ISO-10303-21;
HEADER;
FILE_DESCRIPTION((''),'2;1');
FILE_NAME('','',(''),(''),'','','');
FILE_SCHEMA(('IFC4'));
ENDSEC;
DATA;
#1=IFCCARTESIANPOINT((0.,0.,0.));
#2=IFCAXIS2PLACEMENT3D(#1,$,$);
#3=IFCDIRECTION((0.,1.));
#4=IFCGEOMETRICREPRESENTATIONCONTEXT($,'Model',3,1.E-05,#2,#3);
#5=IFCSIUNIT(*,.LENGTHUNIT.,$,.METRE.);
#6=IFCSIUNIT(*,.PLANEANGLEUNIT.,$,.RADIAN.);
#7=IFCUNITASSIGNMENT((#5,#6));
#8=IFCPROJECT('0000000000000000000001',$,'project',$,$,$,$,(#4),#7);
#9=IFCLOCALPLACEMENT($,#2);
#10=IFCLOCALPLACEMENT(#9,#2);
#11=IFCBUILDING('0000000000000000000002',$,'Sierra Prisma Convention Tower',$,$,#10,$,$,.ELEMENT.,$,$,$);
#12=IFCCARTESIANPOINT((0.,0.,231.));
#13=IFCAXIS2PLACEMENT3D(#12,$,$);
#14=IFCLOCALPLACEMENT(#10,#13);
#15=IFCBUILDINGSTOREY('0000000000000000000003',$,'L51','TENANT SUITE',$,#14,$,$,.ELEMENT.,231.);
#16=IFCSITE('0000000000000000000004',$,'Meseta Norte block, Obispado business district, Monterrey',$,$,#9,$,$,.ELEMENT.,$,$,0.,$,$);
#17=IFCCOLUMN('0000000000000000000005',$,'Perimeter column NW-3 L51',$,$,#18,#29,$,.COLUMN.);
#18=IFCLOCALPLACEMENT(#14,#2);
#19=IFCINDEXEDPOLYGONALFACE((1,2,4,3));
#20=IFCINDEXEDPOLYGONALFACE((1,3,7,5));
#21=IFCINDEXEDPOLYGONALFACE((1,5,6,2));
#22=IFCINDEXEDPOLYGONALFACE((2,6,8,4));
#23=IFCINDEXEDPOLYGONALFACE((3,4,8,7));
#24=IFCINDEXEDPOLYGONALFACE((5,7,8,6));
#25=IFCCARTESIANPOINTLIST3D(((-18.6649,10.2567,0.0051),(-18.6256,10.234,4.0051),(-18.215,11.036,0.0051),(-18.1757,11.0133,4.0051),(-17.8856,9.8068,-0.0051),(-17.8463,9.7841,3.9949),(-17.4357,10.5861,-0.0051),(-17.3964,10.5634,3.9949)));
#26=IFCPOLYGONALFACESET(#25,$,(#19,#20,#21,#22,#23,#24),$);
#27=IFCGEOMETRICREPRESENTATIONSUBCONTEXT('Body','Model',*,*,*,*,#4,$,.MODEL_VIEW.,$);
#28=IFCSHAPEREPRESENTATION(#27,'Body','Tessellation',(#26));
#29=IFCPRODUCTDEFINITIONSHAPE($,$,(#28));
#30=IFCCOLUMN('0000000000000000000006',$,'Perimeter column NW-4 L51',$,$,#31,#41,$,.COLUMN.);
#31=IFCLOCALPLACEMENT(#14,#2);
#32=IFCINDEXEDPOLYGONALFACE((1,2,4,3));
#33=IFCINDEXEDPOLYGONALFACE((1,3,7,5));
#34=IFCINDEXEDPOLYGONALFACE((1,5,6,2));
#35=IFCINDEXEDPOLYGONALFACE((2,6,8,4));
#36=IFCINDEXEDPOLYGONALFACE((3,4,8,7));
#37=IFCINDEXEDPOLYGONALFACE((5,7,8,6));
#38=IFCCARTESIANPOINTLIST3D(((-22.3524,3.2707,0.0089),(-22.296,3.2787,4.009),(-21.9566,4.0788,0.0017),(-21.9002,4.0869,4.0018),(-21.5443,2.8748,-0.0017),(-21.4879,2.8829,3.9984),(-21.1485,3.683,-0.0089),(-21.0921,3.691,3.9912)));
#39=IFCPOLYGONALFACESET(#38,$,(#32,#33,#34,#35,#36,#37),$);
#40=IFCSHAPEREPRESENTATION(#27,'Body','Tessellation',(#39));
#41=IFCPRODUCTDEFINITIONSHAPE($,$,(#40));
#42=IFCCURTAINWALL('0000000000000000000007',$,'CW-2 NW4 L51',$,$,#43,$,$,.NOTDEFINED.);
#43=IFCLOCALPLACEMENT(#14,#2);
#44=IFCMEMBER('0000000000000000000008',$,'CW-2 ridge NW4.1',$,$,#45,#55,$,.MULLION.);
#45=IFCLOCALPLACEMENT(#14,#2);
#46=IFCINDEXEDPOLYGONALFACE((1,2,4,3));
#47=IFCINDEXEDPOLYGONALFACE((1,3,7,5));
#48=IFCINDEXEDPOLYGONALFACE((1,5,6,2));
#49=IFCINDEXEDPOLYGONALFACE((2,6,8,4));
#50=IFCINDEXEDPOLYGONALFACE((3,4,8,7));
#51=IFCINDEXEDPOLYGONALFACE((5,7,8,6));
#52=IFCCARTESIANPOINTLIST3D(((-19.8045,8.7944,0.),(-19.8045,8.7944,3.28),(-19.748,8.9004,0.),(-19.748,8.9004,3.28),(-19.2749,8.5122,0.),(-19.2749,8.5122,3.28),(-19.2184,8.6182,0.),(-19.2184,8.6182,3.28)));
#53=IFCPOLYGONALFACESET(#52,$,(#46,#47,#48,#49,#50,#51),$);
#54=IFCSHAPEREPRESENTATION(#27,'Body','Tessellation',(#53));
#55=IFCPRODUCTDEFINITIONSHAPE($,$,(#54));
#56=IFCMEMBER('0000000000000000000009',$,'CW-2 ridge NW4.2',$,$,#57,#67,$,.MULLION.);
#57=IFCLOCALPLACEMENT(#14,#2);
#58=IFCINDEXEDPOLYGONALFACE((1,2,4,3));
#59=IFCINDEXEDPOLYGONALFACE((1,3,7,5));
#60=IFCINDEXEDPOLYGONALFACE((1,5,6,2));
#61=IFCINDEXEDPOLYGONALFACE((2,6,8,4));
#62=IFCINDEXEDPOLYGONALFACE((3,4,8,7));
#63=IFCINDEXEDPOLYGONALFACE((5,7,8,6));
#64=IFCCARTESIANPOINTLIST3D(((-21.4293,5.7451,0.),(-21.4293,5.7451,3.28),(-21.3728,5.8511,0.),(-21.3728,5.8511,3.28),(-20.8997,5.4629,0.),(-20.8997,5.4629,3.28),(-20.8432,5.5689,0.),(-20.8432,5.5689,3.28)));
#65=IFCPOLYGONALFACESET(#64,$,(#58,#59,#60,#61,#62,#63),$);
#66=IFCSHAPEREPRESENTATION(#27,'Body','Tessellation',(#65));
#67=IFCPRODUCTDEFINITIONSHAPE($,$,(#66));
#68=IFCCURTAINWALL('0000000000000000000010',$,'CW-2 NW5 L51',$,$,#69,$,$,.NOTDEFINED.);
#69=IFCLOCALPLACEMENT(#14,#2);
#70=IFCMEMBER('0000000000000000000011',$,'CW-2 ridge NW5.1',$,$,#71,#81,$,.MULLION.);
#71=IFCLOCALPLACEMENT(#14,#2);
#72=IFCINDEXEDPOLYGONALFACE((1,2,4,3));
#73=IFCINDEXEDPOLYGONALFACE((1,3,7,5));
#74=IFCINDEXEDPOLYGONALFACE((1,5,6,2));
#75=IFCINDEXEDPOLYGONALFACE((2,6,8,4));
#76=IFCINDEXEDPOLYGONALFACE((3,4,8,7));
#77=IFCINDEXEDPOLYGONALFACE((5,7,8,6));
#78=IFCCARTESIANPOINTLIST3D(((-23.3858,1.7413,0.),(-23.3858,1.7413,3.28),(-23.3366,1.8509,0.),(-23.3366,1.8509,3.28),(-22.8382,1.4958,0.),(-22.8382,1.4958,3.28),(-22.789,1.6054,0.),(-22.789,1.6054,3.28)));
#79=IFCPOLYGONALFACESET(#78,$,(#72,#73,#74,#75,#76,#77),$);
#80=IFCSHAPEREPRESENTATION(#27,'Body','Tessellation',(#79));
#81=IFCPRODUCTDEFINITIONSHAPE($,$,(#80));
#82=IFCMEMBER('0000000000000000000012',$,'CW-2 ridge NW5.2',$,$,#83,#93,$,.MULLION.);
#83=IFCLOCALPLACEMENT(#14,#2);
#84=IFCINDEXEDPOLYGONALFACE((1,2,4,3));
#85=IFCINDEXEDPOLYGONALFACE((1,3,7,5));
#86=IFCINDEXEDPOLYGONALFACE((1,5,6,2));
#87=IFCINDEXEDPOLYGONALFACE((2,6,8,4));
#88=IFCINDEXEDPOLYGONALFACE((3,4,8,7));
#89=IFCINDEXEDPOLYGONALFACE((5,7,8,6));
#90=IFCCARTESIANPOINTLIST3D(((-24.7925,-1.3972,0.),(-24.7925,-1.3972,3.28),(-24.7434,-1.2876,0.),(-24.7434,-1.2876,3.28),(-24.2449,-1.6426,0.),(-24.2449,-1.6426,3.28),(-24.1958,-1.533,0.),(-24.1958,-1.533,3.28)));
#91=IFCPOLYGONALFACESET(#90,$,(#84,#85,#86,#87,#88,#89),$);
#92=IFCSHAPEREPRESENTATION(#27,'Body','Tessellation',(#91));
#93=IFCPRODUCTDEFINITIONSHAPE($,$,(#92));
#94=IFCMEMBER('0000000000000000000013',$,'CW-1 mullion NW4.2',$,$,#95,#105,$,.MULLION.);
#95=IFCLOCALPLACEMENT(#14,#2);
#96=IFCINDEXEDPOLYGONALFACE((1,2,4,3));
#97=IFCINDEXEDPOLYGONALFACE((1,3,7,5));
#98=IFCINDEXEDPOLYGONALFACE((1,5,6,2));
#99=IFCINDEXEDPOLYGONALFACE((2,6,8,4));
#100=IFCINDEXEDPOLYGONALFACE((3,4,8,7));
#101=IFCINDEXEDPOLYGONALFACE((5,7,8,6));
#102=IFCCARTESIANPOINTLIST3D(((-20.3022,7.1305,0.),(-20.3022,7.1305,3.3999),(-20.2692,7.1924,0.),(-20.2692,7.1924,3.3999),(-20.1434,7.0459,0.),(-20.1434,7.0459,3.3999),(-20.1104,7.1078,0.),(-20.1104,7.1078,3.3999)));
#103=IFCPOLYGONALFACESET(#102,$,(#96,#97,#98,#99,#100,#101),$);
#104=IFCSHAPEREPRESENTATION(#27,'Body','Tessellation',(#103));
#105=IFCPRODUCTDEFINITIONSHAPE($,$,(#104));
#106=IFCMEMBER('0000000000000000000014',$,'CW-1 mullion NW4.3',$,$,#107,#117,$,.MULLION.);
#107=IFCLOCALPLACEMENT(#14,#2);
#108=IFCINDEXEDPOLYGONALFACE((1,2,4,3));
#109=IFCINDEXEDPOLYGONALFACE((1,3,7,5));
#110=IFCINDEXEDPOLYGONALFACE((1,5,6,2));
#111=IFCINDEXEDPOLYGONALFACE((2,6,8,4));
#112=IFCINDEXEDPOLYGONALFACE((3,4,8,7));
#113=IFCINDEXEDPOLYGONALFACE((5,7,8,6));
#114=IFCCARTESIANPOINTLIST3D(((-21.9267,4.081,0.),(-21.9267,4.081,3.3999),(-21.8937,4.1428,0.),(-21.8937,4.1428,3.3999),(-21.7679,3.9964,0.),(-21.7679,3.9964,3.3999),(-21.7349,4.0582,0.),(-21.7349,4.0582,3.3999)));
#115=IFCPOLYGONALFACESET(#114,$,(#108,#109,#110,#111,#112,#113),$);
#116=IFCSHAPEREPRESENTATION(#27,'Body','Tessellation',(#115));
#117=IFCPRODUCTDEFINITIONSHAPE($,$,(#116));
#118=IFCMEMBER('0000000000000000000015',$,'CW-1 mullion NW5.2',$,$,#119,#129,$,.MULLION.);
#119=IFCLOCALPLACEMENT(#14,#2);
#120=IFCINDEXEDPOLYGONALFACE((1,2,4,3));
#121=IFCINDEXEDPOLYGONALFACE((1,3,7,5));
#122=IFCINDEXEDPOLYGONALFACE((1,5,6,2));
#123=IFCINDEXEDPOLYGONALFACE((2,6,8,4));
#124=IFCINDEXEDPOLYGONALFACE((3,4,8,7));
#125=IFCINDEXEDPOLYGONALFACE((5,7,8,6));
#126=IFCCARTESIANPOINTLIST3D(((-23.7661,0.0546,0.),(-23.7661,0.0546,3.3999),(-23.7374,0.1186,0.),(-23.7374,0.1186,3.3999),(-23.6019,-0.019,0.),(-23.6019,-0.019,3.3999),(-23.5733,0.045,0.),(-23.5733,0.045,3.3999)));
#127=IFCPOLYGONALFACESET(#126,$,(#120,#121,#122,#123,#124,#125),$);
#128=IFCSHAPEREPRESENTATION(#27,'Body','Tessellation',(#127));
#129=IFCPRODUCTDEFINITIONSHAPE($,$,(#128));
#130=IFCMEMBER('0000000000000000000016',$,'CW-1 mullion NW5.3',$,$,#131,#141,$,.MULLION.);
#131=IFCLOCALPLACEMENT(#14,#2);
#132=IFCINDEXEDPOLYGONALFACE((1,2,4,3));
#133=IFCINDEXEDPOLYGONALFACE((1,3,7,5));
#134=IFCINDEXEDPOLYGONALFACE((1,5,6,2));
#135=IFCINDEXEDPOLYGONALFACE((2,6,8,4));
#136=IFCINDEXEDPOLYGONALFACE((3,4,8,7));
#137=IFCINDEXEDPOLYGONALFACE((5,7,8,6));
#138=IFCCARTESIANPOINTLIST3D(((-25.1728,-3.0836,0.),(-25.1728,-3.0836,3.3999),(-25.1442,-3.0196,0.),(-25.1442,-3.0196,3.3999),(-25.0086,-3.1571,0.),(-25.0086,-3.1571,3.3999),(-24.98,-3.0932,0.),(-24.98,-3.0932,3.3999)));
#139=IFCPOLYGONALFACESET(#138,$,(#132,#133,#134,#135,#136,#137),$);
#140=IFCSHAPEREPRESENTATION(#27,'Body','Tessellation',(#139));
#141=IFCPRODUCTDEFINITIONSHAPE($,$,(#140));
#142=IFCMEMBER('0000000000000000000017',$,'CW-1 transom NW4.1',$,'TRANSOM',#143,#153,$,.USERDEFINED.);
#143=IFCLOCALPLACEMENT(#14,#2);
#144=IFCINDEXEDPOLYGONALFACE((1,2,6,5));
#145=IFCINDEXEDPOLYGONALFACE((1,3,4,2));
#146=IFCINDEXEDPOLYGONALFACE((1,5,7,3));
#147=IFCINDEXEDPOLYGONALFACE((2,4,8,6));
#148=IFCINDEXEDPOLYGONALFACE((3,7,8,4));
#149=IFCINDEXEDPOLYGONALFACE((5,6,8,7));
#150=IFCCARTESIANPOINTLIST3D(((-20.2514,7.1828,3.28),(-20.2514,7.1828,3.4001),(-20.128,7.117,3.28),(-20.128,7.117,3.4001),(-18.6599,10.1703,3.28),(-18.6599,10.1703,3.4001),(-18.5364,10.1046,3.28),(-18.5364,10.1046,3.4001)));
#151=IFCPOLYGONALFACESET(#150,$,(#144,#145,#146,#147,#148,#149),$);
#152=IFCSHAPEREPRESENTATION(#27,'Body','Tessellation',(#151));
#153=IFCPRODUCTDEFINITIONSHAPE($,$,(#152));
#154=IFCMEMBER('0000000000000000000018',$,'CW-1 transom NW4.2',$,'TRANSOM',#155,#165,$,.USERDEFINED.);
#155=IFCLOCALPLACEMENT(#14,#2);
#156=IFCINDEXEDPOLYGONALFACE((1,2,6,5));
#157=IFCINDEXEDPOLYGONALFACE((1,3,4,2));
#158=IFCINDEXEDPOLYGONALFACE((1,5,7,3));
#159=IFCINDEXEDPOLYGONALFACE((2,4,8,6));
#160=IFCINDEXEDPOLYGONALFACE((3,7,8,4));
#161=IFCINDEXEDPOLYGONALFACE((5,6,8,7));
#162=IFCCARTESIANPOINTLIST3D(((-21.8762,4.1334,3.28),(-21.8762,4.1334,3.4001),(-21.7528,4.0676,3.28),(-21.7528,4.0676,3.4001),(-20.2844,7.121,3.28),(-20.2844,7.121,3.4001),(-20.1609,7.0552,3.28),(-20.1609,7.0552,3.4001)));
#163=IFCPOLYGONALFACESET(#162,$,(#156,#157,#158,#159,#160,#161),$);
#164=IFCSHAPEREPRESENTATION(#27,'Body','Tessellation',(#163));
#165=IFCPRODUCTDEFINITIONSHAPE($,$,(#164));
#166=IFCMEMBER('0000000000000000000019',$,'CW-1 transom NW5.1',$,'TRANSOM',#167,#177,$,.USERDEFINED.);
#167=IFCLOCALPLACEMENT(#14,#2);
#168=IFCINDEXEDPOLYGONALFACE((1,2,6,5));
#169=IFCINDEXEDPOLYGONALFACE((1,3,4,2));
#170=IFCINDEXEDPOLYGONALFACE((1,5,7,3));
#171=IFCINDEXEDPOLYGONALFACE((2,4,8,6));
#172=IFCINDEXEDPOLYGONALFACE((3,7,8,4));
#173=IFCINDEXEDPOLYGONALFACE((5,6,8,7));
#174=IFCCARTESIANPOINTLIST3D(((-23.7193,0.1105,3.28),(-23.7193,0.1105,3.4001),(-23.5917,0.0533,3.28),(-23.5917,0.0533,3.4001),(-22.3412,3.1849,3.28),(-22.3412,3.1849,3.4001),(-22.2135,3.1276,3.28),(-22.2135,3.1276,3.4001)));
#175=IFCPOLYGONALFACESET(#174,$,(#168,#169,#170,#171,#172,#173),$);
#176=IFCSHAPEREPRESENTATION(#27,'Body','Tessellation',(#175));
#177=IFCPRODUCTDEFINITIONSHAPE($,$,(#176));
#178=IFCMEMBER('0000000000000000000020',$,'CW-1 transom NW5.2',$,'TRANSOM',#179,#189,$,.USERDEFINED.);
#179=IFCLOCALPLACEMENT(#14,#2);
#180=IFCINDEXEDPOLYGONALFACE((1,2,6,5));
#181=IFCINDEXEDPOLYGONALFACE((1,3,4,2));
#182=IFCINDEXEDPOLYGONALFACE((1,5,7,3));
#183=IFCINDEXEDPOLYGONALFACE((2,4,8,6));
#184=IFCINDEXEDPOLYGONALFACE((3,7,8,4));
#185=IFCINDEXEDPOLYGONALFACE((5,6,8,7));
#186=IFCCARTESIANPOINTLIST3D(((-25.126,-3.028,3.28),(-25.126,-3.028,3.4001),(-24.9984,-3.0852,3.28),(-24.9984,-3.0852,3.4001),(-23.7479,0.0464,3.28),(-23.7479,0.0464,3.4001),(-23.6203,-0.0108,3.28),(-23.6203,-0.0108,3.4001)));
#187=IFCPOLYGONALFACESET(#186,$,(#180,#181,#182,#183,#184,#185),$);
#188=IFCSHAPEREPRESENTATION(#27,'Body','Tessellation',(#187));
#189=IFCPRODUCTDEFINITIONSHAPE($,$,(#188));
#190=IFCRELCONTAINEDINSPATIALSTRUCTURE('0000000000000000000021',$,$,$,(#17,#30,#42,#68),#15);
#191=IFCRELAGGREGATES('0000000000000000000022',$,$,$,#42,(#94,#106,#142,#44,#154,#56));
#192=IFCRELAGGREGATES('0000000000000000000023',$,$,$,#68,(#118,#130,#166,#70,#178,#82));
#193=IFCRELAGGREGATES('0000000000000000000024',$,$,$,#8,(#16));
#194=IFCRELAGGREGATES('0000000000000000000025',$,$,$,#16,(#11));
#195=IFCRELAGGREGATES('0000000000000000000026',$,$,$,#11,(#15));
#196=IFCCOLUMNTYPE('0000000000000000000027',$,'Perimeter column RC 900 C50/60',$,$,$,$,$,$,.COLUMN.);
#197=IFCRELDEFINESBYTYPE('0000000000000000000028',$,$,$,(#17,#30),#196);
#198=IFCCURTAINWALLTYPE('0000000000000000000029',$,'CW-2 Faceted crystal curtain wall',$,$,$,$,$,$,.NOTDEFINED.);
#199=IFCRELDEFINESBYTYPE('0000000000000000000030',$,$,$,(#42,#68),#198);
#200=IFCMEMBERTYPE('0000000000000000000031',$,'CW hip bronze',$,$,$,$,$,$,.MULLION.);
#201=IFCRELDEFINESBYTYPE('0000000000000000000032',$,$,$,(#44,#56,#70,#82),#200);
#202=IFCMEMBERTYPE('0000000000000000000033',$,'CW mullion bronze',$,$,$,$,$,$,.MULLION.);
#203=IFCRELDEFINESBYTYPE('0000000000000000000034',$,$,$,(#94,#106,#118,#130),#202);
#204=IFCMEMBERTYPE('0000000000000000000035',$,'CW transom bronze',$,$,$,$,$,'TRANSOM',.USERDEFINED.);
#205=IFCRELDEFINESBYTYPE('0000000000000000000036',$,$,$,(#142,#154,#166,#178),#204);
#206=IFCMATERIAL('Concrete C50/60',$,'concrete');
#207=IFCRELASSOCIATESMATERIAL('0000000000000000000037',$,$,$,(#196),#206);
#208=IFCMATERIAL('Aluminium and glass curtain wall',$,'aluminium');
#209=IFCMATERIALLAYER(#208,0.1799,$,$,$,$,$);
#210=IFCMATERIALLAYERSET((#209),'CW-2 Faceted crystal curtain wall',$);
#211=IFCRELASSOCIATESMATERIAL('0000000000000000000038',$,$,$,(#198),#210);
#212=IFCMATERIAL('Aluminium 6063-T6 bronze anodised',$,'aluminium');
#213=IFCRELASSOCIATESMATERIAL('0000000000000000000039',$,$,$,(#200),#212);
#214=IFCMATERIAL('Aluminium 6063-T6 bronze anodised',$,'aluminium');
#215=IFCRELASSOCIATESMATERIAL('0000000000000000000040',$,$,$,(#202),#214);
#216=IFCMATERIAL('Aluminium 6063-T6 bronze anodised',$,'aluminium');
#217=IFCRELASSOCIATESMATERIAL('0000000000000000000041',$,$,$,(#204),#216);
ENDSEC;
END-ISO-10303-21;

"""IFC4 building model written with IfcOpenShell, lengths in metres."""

from ifc_helpers import new_model, si_unit, direction, frame, origin, origin_2d, place, context, subcontext, project, spatial, rectangle, extrude, material, layer, layer_set, material_profile, profile_set, type_object, element, aggregate, save


model = new_model("IFC4")

# Units and contexts
model_context = context("Model", 3, precision=1e-05, world=origin(), true_north=direction((0.0, 1.0)))
body_context = subcontext(model_context, "Body", "Model", "MODEL_VIEW")
ifc_project = project(units=[si_unit("LENGTHUNIT", "METRE"), si_unit("PLANEANGLEUNIT", "RADIAN")], contexts=[model_context])

# Site, building, storey
site_placement = place(None, origin())
site = spatial("IfcSite", under=ifc_project, at=site_placement, Name="Meseta Norte block, Obispado business district, Monterrey", CompositionType="ELEMENT", RefElevation=0.0)
building_placement = place(site_placement, origin())
building = spatial("IfcBuilding", under=site, at=building_placement, Name="Sierra Prisma Convention Tower", CompositionType="ELEMENT")
storey_placement = place(building_placement, frame((0.0, 0.0, 231.0)))
storey = spatial("IfcBuildingStorey", under=building, at=storey_placement, Name="L51", Description="TENANT SUITE", CompositionType="ELEMENT", Elevation=231.0)

# Columns
ifc_material_1 = material(Name="Concrete C50/60", Category="concrete")
ifc_material_profile_1 = material_profile(ifc_material_1, rectangle(XDim=0.8999, YDim=0.8999, at=origin_2d()), Name="Perimeter column RC 900 C50/60")
ifc_profile_set_1 = profile_set([ifc_material_profile_1], Name="Concrete C50/60")
column_type = type_object("IfcColumnType", Name="Perimeter column RC 900 C50/60", PredefinedType="COLUMN", material=ifc_profile_set_1)
column_1_placement = place(storey_placement, frame((-18.0503, 10.4214, 0.0), z_axis=(0.009826, -0.005676, 0.999936), x_axis=(0.499976, 0.866039, 0.000003)))
element("IfcColumn", 1, at=column_1_placement, inside=storey, type_object=column_type, Name="Perimeter column NW-3 L51", PredefinedType="COLUMN", context=body_context, shape_type="SweptSolid", body=[
    extrude(rectangle(XDim=0.8999, YDim=0.8999, at=origin_2d()), origin(), (0.0, 0.0, 1.0), 4.0002),
])
column_2_placement = place(storey_placement, frame((-21.7505, 3.4768, 0.0), z_axis=(0.014098, 0.002014, 0.999899), x_axis=(0.439826, 0.898047, -0.00801)))
element("IfcColumn", 2, at=column_2_placement, inside=storey, type_object=column_type, Name="Perimeter column NW-4 L51", PredefinedType="COLUMN", context=body_context, shape_type="SweptSolid", body=[
    extrude(rectangle(XDim=0.8999, YDim=0.8999, at=origin_2d()), origin(), (0.0, 0.0, 1.0), 4.0005),
])

# Curtain walls, members
ifc_material_2 = material(Name="Aluminium and glass curtain wall", Category="aluminium")
ifc_layer_1 = layer(ifc_material_2, 0.1799)
ifc_layer_set_1 = layer_set([ifc_layer_1], Name="CW-2 Faceted crystal curtain wall")
curtain_wall_type = type_object("IfcCurtainWallType", Name="CW-2 Faceted crystal curtain wall", PredefinedType="NOTDEFINED", material=ifc_layer_set_1)
curtain_wall_1_placement = place(storey_placement, origin())
curtain_wall_1 = element("IfcCurtainWall", 3, at=curtain_wall_1_placement, inside=storey, type_object=curtain_wall_type, Name="CW-2 NW4 L51", PredefinedType="NOTDEFINED")
ifc_material_3 = material(Name="Aluminium 6063-T6 bronze anodised", Category="aluminium")
ifc_material_profile_2 = material_profile(ifc_material_3, rectangle(XDim=0.1201, YDim=0.6001, at=origin_2d()), Name="ALU RIDGE BLADE 120x600")
ifc_profile_set_2 = profile_set([ifc_material_profile_2], Name="Aluminium 6063-T6 bronze anodised")
member_type_1 = type_object("IfcMemberType", Name="CW hip bronze", PredefinedType="MULLION", material=ifc_profile_set_2)
member_1_placement = place(storey_placement, frame((-19.5115, 8.7063, 0.0), z_axis=(0.0, 0.0, 1.0), x_axis=(-0.470208, -0.882555, 0.0)))
member_1 = element("IfcMember", 4, at=member_1_placement, type_object=member_type_1, Name="CW-2 ridge NW4.1", PredefinedType="MULLION", context=body_context, shape_type="SweptSolid", body=[
    extrude(rectangle(XDim=0.1201, YDim=0.6001, at=origin_2d()), origin(), (0.0, 0.0, 1.0), 3.28),
])
member_2_placement = place(storey_placement, frame((-21.1362, 5.657, 0.0), z_axis=(0.0, 0.0, 1.0), x_axis=(-0.470208, -0.882555, 0.0)))
member_2 = element("IfcMember", 5, at=member_2_placement, type_object=member_type_1, Name="CW-2 ridge NW4.2", PredefinedType="MULLION", context=body_context, shape_type="SweptSolid", body=[
    extrude(rectangle(XDim=0.1201, YDim=0.6001, at=origin_2d()), origin(), (0.0, 0.0, 1.0), 3.28),
])
curtain_wall_2_placement = place(storey_placement, origin())
curtain_wall_2 = element("IfcCurtainWall", 6, at=curtain_wall_2_placement, inside=storey, type_object=curtain_wall_type, Name="CW-2 NW5 L51", PredefinedType="NOTDEFINED")
member_3_placement = place(storey_placement, frame((-23.0874, 1.6733, 0.0), z_axis=(0.0, 0.0, 1.0), x_axis=(-0.409023, -0.912524, 0.0)))
member_3 = element("IfcMember", 7, at=member_3_placement, type_object=member_type_1, Name="CW-2 ridge NW5.1", PredefinedType="MULLION", context=body_context, shape_type="SweptSolid", body=[
    extrude(rectangle(XDim=0.1201, YDim=0.6001, at=origin_2d()), origin(), (0.0, 0.0, 1.0), 3.28),
])
member_4_placement = place(storey_placement, frame((-24.4941, -1.4651, 0.0), z_axis=(0.0, 0.0, 1.0), x_axis=(-0.409023, -0.912524, 0.0)))
member_4 = element("IfcMember", 8, at=member_4_placement, type_object=member_type_1, Name="CW-2 ridge NW5.2", PredefinedType="MULLION", context=body_context, shape_type="SweptSolid", body=[
    extrude(rectangle(XDim=0.1201, YDim=0.6001, at=origin_2d()), origin(), (0.0, 0.0, 1.0), 3.28),
])

# Members
ifc_material_4 = material(Name="Aluminium 6063-T6 bronze anodised", Category="aluminium")
ifc_material_profile_3 = material_profile(ifc_material_4, rectangle(XDim=0.1799, YDim=0.0701, at=origin_2d()), Name="ALU MULLION 70x180")
ifc_profile_set_3 = profile_set([ifc_material_profile_3], Name="Aluminium 6063-T6 bronze anodised")
member_type_2 = type_object("IfcMemberType", Name="CW mullion bronze", PredefinedType="MULLION", material=ifc_profile_set_3)
member_5_placement = place(storey_placement, frame((-20.2063, 7.1191, 0.0), z_axis=(0.0, 0.0, 1.0), x_axis=(0.882555, -0.470208, 0.0)))
member_5 = element("IfcMember", 9, at=member_5_placement, type_object=member_type_2, Name="CW-1 mullion NW4.2", PredefinedType="MULLION", context=body_context, shape_type="SweptSolid", body=[
    extrude(rectangle(XDim=0.1799, YDim=0.0701, at=origin_2d()), origin(), (0.0, 0.0, 1.0), 3.3999),
])
member_6_placement = place(storey_placement, frame((-21.8308, 4.0696, 0.0), z_axis=(0.0, 0.0, 1.0), x_axis=(0.882555, -0.470208, 0.0)))
member_6 = element("IfcMember", 10, at=member_6_placement, type_object=member_type_2, Name="CW-1 mullion NW4.3", PredefinedType="MULLION", context=body_context, shape_type="SweptSolid", body=[
    extrude(rectangle(XDim=0.1799, YDim=0.0701, at=origin_2d()), origin(), (0.0, 0.0, 1.0), 3.3999),
])
member_7_placement = place(storey_placement, frame((-23.6697, 0.0498, 0.0), z_axis=(0.0, 0.0, 1.0), x_axis=(0.912524, -0.409023, 0.0)))
member_7 = element("IfcMember", 11, at=member_7_placement, type_object=member_type_2, Name="CW-1 mullion NW5.2", PredefinedType="MULLION", context=body_context, shape_type="SweptSolid", body=[
    extrude(rectangle(XDim=0.1799, YDim=0.0701, at=origin_2d()), origin(), (0.0, 0.0, 1.0), 3.3999),
])
member_8_placement = place(storey_placement, frame((-25.0764, -3.0884, 0.0), z_axis=(0.0, 0.0, 1.0), x_axis=(0.912524, -0.409023, 0.0)))
member_8 = element("IfcMember", 12, at=member_8_placement, type_object=member_type_2, Name="CW-1 mullion NW5.3", PredefinedType="MULLION", context=body_context, shape_type="SweptSolid", body=[
    extrude(rectangle(XDim=0.1799, YDim=0.0701, at=origin_2d()), origin(), (0.0, 0.0, 1.0), 3.3999),
])
ifc_material_5 = material(Name="Aluminium 6063-T6 bronze anodised", Category="aluminium")
ifc_material_profile_4 = material_profile(ifc_material_5, rectangle(XDim=0.1399, YDim=0.1201, at=origin_2d()), Name="ALU TRANSOM 120x140")
ifc_profile_set_4 = profile_set([ifc_material_profile_4], Name="Aluminium 6063-T6 bronze anodised")
member_type_3 = type_object("IfcMemberType", Name="CW transom bronze", ElementType="TRANSOM", PredefinedType="USERDEFINED", material=ifc_profile_set_4)
member_9_placement = place(storey_placement, frame((-18.5981, 10.1375, 3.3401), z_axis=(-0.470173, -0.882574, 0.0), x_axis=(0.882574, -0.470173, 0.0)))
member_9 = element("IfcMember", 13, at=member_9_placement, type_object=member_type_3, Name="CW-1 transom NW4.1", ObjectType="TRANSOM", PredefinedType="USERDEFINED", context=body_context, shape_type="SweptSolid", body=[
    extrude(rectangle(XDim=0.1399, YDim=0.1201, at=origin_2d()), origin(), (0.0, 0.0, 1.0), 3.385),
])
member_10_placement = place(storey_placement, frame((-20.2227, 7.0881, 3.3401), z_axis=(-0.470229, -0.882545, 0.0), x_axis=(0.882545, -0.470229, 0.0)))
member_10 = element("IfcMember", 14, at=member_10_placement, type_object=member_type_3, Name="CW-1 transom NW4.2", ObjectType="TRANSOM", PredefinedType="USERDEFINED", context=body_context, shape_type="SweptSolid", body=[
    extrude(rectangle(XDim=0.1399, YDim=0.1201, at=origin_2d()), origin(), (0.0, 0.0, 1.0), 3.3853),
])
member_11_placement = place(storey_placement, frame((-22.2773, 3.1562, 3.3401), z_axis=(-0.409048, -0.912513, 0.0), x_axis=(0.912513, -0.409048, 0.0)))
member_11 = element("IfcMember", 15, at=member_11_placement, type_object=member_type_3, Name="CW-1 transom NW5.1", ObjectType="TRANSOM", PredefinedType="USERDEFINED", context=body_context, shape_type="SweptSolid", body=[
    extrude(rectangle(XDim=0.1399, YDim=0.1201, at=origin_2d()), origin(), (0.0, 0.0, 1.0), 3.3691),
])
member_12_placement = place(storey_placement, frame((-23.6841, 0.0178, 3.3401), z_axis=(-0.409048, -0.912513, 0.0), x_axis=(0.912513, -0.409048, 0.0)))
member_12 = element("IfcMember", 16, at=member_12_placement, type_object=member_type_3, Name="CW-1 transom NW5.2", ObjectType="TRANSOM", PredefinedType="USERDEFINED", context=body_context, shape_type="SweptSolid", body=[
    extrude(rectangle(XDim=0.1399, YDim=0.1201, at=origin_2d()), origin(), (0.0, 0.0, 1.0), 3.3691),
])

aggregate(curtain_wall_1, [member_5, member_6, member_9, member_1, member_10, member_2])
aggregate(curtain_wall_2, [member_7, member_8, member_11, member_3, member_12, member_4])

save(model, "model.ifc")
